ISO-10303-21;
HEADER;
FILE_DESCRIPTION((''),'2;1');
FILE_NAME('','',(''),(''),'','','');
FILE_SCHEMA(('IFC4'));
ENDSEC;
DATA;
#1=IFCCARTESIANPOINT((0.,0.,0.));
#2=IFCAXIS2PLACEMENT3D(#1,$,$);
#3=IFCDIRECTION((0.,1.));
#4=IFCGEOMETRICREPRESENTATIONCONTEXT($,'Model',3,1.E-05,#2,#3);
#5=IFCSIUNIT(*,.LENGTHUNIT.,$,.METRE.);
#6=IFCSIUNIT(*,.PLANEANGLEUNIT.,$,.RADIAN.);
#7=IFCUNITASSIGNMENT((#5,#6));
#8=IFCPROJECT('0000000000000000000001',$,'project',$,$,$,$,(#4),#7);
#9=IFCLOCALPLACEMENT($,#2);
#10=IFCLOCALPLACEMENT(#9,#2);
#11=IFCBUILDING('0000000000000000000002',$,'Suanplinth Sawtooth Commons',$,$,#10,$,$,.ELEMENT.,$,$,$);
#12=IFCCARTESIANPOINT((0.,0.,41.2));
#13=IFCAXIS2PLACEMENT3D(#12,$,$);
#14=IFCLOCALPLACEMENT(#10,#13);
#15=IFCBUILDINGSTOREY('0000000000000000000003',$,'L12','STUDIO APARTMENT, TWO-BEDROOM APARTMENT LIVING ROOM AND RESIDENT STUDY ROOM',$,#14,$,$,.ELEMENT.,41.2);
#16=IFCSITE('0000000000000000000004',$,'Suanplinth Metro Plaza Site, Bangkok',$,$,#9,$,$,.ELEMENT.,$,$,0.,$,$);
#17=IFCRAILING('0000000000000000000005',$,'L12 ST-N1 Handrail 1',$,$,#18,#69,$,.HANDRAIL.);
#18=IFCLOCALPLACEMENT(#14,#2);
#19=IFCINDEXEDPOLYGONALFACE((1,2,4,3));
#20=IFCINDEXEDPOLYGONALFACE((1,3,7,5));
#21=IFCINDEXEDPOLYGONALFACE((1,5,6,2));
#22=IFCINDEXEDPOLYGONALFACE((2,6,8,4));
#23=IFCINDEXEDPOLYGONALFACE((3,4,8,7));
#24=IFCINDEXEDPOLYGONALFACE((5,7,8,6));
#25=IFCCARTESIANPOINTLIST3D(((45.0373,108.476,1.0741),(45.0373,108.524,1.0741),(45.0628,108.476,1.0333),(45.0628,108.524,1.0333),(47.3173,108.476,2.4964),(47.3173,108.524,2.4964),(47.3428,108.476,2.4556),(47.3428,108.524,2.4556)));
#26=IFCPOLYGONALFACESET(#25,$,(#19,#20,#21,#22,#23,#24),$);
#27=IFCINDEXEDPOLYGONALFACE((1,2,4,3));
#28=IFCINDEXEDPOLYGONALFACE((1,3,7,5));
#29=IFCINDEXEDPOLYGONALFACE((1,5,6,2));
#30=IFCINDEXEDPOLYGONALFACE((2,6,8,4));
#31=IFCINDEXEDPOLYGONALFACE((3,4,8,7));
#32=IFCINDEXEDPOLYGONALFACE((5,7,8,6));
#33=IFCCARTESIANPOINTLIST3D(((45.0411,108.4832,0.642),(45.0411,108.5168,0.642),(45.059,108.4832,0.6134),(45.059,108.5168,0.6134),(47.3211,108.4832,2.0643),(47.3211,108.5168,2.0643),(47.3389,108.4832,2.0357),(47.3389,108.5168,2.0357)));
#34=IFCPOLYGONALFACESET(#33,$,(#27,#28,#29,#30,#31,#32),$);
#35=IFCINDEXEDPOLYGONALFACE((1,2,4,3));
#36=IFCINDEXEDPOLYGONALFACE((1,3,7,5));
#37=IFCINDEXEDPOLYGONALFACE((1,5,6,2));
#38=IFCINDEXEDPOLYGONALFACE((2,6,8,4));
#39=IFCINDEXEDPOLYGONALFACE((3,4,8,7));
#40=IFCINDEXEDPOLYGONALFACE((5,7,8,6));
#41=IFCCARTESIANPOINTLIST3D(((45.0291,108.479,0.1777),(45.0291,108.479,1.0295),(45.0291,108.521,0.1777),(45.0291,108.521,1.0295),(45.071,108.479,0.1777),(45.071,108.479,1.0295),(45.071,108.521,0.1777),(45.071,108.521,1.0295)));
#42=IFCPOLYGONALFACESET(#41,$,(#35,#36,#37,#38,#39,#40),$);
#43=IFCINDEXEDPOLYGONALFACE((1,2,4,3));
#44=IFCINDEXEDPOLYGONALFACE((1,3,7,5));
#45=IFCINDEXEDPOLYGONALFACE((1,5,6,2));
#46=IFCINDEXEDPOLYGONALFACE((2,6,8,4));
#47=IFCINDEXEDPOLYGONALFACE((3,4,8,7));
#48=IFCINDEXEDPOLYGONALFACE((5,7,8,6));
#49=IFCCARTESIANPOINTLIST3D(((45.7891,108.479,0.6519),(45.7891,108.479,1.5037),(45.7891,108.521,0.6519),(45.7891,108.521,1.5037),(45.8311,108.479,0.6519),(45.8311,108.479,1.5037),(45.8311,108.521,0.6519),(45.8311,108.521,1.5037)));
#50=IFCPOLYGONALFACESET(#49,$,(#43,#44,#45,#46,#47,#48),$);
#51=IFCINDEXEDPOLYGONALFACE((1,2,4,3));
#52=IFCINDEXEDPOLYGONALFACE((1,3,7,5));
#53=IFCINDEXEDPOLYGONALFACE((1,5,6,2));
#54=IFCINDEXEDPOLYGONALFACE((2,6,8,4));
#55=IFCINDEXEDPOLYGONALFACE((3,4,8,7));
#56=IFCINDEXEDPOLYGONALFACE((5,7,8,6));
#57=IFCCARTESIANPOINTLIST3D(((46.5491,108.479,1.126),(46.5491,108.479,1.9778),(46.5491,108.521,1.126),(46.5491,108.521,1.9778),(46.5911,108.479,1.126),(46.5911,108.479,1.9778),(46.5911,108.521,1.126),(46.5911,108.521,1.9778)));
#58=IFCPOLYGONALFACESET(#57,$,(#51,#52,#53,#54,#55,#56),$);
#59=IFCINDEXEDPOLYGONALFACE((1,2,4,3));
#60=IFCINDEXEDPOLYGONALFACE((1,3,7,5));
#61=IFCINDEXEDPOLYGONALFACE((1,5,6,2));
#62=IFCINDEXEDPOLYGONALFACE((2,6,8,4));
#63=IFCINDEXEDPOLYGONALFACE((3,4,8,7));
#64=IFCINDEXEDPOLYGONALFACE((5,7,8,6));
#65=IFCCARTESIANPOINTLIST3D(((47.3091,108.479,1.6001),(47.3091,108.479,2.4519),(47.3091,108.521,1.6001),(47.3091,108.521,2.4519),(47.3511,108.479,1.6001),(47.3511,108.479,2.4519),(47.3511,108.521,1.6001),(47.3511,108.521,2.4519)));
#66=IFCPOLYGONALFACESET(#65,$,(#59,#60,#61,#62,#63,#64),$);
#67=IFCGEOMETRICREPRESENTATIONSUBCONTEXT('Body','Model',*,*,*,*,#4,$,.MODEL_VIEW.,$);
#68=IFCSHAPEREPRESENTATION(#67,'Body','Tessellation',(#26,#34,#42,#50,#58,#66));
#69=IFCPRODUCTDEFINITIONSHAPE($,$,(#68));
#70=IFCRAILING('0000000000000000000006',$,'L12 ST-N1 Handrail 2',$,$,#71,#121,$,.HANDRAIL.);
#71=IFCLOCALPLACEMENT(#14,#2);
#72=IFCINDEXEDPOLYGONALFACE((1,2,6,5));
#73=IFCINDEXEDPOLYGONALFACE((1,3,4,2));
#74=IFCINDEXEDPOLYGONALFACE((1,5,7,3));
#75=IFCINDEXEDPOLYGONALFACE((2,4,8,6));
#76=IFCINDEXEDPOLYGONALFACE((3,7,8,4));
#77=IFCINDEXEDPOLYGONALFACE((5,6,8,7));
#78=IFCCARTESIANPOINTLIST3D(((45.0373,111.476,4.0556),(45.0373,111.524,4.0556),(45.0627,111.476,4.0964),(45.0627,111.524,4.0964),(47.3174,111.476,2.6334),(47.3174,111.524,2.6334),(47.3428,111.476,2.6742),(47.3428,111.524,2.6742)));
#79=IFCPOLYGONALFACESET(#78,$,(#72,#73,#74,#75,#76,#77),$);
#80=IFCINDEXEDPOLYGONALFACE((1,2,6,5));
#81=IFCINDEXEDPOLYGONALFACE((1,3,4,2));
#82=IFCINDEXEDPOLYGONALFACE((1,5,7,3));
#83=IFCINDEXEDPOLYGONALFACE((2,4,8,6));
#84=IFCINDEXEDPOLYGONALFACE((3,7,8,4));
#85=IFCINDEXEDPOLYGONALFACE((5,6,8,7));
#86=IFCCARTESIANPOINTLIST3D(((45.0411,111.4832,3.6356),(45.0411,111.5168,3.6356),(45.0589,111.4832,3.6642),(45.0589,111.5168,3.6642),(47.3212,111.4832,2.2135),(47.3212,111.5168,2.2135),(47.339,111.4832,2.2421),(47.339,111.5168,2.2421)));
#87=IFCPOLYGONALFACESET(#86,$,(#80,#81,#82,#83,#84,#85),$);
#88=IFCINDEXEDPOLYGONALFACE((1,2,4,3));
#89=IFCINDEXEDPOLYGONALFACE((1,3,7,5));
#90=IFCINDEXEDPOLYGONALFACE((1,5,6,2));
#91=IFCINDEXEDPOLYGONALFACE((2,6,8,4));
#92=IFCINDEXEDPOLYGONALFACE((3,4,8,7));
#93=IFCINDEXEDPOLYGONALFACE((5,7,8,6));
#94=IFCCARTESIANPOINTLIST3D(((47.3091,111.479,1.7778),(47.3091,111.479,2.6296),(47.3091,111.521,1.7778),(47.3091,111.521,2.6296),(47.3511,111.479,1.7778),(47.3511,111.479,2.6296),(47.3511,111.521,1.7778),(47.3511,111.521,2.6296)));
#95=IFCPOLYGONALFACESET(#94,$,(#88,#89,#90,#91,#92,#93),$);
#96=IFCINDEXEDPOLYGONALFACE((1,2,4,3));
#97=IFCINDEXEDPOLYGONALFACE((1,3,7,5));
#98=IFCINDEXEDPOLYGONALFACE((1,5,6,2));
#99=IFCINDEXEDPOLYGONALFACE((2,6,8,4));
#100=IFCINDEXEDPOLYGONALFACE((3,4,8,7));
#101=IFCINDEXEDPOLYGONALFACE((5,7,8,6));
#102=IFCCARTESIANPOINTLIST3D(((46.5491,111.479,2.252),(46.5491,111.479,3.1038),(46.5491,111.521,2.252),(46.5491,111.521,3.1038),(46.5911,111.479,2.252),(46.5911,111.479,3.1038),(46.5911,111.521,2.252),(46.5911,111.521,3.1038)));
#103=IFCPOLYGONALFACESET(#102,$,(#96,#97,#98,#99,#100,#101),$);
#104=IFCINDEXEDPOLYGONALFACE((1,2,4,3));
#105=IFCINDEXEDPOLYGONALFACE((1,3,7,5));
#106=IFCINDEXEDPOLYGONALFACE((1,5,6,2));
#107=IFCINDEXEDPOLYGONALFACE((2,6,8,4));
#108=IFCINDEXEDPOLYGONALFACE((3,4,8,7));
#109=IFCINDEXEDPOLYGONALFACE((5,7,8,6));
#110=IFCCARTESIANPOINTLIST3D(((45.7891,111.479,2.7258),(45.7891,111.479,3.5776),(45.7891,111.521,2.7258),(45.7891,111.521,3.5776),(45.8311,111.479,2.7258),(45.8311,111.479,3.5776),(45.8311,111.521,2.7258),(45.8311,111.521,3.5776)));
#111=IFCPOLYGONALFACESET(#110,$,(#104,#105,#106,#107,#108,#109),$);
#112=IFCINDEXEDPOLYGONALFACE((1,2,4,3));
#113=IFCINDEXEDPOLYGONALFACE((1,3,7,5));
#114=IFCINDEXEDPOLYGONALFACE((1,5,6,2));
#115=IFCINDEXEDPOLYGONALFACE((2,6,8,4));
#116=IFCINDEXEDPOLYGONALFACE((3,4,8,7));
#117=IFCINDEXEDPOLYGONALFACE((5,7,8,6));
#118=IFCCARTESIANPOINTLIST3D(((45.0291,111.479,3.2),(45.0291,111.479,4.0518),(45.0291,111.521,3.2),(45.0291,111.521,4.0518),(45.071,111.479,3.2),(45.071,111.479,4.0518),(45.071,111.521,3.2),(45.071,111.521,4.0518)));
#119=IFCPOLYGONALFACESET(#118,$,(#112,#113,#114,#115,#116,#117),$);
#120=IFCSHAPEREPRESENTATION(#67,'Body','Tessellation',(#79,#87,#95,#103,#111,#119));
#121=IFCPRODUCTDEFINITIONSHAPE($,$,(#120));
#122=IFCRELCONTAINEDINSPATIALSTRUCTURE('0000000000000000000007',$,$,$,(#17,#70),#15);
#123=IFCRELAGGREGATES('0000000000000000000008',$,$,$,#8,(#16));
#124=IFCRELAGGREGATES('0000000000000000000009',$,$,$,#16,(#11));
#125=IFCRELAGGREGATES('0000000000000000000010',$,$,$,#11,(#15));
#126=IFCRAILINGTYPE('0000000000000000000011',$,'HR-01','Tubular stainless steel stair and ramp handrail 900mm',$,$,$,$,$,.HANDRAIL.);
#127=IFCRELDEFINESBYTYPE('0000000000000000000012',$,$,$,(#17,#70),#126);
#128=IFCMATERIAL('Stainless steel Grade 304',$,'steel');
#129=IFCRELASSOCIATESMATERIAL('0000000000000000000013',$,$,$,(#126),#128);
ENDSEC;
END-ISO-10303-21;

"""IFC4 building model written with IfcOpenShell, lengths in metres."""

from ifc_helpers import new_model, si_unit, direction, frame, origin, origin_2d, place, context, subcontext, project, spatial, rectangle, extrude, material, type_object, element, save


model = new_model("IFC4")

# Units and contexts
model_context = context("Model", 3, precision=1e-05, world=origin(), true_north=direction((0.0, 1.0)))
body_context = subcontext(model_context, "Body", "Model", "MODEL_VIEW")
ifc_project = project(units=[si_unit("LENGTHUNIT", "METRE"), si_unit("PLANEANGLEUNIT", "RADIAN")], contexts=[model_context])

# Site, building, storey
site_placement = place(None, origin())
site = spatial("IfcSite", under=ifc_project, at=site_placement, Name="Suanplinth Metro Plaza Site, Bangkok", CompositionType="ELEMENT", RefElevation=0.0)
building_placement = place(site_placement, origin())
building = spatial("IfcBuilding", under=site, at=building_placement, Name="Suanplinth Sawtooth Commons", CompositionType="ELEMENT")
storey_placement = place(building_placement, frame((0.0, 0.0, 41.2)))
storey = spatial("IfcBuildingStorey", under=building, at=storey_placement, Name="L12", Description="STUDIO APARTMENT, TWO-BEDROOM APARTMENT LIVING ROOM AND RESIDENT STUDY ROOM", CompositionType="ELEMENT", Elevation=41.2)

# Shared definitions
ifc_material_1 = material(Name="Stainless steel Grade 304", Category="steel")

# Railings
railing_type_1 = type_object("IfcRailingType", Name="HR-01", Description="Tubular stainless steel stair and ramp handrail 900mm", PredefinedType="HANDRAIL", material=ifc_material_1)
railing_1_placement = place(storey_placement, frame((45.05, 108.5, 0.1777)))
element("IfcRailing", 1, at=railing_1_placement, inside=storey, type_object=railing_type_1, Name="L12 ST-N1 Handrail 1", PredefinedType="HANDRAIL", context=body_context, shape_type="SweptSolid", body=[
    extrude(rectangle(XDim=0.0481, YDim=0.0481, at=origin_2d()), frame((0.0, 0.0, 0.876), z_axis=(0.848442, 0.0, 0.529288), x_axis=(0.0, 1.0, 0.0)), (0.0, 0.0, 1.0), 2.6873),
    extrude(rectangle(XDim=0.0337, YDim=0.0337, at=origin_2d()), frame((0.0, 0.0, 0.45), z_axis=(0.848442, 0.0, 0.529288), x_axis=(0.0, 1.0, 0.0)), (0.0, 0.0, 1.0), 2.6873),
    extrude(rectangle(XDim=0.042, YDim=0.042, at=origin_2d()), origin(), (0.0, 0.0, 1.0), 0.8518),
    extrude(rectangle(XDim=0.042, YDim=0.042, at=origin_2d()), frame((0.76, 0.0, 0.4741)), (0.0, 0.0, 1.0), 0.8518),
    extrude(rectangle(XDim=0.042, YDim=0.042, at=origin_2d()), frame((1.52, 0.0, 0.9482)), (0.0, 0.0, 1.0), 0.8518),
    extrude(rectangle(XDim=0.042, YDim=0.042, at=origin_2d()), frame((2.28, 0.0, 1.4224)), (0.0, 0.0, 1.0), 0.8518),
])
railing_2_placement = place(storey_placement, frame((47.3301, 111.5, 1.7778)))
element("IfcRailing", 2, at=railing_2_placement, inside=storey, type_object=railing_type_1, Name="L12 ST-N1 Handrail 2", PredefinedType="HANDRAIL", context=body_context, shape_type="SweptSolid", body=[
    extrude(rectangle(XDim=0.0481, YDim=0.0481, at=origin_2d()), frame((0.0, 0.0, 0.876), z_axis=(-0.848483, 0.0, 0.529223), x_axis=(0.0, -1.0, 0.0)), (0.0, 0.0, 1.0), 2.6873),
    extrude(rectangle(XDim=0.0337, YDim=0.0337, at=origin_2d()), frame((0.0, 0.0, 0.45), z_axis=(-0.848483, 0.0, 0.529223), x_axis=(0.0, -1.0, 0.0)), (0.0, 0.0, 1.0), 2.6873),
    extrude(rectangle(XDim=0.042, YDim=0.042, at=origin_2d()), origin(), (0.0, 0.0, 1.0), 0.8518),
    extrude(rectangle(XDim=0.042, YDim=0.042, at=origin_2d()), frame((-0.76, 0.0, 0.4741)), (0.0, 0.0, 1.0), 0.8518),
    extrude(rectangle(XDim=0.042, YDim=0.042, at=origin_2d()), frame((-1.52, 0.0, 0.948)), (0.0, 0.0, 1.0), 0.8518),
    extrude(rectangle(XDim=0.042, YDim=0.042, at=origin_2d()), frame((-2.28, 0.0, 1.4221)), (0.0, 0.0, 1.0), 0.8518),
])

save(model, "model.ifc")
